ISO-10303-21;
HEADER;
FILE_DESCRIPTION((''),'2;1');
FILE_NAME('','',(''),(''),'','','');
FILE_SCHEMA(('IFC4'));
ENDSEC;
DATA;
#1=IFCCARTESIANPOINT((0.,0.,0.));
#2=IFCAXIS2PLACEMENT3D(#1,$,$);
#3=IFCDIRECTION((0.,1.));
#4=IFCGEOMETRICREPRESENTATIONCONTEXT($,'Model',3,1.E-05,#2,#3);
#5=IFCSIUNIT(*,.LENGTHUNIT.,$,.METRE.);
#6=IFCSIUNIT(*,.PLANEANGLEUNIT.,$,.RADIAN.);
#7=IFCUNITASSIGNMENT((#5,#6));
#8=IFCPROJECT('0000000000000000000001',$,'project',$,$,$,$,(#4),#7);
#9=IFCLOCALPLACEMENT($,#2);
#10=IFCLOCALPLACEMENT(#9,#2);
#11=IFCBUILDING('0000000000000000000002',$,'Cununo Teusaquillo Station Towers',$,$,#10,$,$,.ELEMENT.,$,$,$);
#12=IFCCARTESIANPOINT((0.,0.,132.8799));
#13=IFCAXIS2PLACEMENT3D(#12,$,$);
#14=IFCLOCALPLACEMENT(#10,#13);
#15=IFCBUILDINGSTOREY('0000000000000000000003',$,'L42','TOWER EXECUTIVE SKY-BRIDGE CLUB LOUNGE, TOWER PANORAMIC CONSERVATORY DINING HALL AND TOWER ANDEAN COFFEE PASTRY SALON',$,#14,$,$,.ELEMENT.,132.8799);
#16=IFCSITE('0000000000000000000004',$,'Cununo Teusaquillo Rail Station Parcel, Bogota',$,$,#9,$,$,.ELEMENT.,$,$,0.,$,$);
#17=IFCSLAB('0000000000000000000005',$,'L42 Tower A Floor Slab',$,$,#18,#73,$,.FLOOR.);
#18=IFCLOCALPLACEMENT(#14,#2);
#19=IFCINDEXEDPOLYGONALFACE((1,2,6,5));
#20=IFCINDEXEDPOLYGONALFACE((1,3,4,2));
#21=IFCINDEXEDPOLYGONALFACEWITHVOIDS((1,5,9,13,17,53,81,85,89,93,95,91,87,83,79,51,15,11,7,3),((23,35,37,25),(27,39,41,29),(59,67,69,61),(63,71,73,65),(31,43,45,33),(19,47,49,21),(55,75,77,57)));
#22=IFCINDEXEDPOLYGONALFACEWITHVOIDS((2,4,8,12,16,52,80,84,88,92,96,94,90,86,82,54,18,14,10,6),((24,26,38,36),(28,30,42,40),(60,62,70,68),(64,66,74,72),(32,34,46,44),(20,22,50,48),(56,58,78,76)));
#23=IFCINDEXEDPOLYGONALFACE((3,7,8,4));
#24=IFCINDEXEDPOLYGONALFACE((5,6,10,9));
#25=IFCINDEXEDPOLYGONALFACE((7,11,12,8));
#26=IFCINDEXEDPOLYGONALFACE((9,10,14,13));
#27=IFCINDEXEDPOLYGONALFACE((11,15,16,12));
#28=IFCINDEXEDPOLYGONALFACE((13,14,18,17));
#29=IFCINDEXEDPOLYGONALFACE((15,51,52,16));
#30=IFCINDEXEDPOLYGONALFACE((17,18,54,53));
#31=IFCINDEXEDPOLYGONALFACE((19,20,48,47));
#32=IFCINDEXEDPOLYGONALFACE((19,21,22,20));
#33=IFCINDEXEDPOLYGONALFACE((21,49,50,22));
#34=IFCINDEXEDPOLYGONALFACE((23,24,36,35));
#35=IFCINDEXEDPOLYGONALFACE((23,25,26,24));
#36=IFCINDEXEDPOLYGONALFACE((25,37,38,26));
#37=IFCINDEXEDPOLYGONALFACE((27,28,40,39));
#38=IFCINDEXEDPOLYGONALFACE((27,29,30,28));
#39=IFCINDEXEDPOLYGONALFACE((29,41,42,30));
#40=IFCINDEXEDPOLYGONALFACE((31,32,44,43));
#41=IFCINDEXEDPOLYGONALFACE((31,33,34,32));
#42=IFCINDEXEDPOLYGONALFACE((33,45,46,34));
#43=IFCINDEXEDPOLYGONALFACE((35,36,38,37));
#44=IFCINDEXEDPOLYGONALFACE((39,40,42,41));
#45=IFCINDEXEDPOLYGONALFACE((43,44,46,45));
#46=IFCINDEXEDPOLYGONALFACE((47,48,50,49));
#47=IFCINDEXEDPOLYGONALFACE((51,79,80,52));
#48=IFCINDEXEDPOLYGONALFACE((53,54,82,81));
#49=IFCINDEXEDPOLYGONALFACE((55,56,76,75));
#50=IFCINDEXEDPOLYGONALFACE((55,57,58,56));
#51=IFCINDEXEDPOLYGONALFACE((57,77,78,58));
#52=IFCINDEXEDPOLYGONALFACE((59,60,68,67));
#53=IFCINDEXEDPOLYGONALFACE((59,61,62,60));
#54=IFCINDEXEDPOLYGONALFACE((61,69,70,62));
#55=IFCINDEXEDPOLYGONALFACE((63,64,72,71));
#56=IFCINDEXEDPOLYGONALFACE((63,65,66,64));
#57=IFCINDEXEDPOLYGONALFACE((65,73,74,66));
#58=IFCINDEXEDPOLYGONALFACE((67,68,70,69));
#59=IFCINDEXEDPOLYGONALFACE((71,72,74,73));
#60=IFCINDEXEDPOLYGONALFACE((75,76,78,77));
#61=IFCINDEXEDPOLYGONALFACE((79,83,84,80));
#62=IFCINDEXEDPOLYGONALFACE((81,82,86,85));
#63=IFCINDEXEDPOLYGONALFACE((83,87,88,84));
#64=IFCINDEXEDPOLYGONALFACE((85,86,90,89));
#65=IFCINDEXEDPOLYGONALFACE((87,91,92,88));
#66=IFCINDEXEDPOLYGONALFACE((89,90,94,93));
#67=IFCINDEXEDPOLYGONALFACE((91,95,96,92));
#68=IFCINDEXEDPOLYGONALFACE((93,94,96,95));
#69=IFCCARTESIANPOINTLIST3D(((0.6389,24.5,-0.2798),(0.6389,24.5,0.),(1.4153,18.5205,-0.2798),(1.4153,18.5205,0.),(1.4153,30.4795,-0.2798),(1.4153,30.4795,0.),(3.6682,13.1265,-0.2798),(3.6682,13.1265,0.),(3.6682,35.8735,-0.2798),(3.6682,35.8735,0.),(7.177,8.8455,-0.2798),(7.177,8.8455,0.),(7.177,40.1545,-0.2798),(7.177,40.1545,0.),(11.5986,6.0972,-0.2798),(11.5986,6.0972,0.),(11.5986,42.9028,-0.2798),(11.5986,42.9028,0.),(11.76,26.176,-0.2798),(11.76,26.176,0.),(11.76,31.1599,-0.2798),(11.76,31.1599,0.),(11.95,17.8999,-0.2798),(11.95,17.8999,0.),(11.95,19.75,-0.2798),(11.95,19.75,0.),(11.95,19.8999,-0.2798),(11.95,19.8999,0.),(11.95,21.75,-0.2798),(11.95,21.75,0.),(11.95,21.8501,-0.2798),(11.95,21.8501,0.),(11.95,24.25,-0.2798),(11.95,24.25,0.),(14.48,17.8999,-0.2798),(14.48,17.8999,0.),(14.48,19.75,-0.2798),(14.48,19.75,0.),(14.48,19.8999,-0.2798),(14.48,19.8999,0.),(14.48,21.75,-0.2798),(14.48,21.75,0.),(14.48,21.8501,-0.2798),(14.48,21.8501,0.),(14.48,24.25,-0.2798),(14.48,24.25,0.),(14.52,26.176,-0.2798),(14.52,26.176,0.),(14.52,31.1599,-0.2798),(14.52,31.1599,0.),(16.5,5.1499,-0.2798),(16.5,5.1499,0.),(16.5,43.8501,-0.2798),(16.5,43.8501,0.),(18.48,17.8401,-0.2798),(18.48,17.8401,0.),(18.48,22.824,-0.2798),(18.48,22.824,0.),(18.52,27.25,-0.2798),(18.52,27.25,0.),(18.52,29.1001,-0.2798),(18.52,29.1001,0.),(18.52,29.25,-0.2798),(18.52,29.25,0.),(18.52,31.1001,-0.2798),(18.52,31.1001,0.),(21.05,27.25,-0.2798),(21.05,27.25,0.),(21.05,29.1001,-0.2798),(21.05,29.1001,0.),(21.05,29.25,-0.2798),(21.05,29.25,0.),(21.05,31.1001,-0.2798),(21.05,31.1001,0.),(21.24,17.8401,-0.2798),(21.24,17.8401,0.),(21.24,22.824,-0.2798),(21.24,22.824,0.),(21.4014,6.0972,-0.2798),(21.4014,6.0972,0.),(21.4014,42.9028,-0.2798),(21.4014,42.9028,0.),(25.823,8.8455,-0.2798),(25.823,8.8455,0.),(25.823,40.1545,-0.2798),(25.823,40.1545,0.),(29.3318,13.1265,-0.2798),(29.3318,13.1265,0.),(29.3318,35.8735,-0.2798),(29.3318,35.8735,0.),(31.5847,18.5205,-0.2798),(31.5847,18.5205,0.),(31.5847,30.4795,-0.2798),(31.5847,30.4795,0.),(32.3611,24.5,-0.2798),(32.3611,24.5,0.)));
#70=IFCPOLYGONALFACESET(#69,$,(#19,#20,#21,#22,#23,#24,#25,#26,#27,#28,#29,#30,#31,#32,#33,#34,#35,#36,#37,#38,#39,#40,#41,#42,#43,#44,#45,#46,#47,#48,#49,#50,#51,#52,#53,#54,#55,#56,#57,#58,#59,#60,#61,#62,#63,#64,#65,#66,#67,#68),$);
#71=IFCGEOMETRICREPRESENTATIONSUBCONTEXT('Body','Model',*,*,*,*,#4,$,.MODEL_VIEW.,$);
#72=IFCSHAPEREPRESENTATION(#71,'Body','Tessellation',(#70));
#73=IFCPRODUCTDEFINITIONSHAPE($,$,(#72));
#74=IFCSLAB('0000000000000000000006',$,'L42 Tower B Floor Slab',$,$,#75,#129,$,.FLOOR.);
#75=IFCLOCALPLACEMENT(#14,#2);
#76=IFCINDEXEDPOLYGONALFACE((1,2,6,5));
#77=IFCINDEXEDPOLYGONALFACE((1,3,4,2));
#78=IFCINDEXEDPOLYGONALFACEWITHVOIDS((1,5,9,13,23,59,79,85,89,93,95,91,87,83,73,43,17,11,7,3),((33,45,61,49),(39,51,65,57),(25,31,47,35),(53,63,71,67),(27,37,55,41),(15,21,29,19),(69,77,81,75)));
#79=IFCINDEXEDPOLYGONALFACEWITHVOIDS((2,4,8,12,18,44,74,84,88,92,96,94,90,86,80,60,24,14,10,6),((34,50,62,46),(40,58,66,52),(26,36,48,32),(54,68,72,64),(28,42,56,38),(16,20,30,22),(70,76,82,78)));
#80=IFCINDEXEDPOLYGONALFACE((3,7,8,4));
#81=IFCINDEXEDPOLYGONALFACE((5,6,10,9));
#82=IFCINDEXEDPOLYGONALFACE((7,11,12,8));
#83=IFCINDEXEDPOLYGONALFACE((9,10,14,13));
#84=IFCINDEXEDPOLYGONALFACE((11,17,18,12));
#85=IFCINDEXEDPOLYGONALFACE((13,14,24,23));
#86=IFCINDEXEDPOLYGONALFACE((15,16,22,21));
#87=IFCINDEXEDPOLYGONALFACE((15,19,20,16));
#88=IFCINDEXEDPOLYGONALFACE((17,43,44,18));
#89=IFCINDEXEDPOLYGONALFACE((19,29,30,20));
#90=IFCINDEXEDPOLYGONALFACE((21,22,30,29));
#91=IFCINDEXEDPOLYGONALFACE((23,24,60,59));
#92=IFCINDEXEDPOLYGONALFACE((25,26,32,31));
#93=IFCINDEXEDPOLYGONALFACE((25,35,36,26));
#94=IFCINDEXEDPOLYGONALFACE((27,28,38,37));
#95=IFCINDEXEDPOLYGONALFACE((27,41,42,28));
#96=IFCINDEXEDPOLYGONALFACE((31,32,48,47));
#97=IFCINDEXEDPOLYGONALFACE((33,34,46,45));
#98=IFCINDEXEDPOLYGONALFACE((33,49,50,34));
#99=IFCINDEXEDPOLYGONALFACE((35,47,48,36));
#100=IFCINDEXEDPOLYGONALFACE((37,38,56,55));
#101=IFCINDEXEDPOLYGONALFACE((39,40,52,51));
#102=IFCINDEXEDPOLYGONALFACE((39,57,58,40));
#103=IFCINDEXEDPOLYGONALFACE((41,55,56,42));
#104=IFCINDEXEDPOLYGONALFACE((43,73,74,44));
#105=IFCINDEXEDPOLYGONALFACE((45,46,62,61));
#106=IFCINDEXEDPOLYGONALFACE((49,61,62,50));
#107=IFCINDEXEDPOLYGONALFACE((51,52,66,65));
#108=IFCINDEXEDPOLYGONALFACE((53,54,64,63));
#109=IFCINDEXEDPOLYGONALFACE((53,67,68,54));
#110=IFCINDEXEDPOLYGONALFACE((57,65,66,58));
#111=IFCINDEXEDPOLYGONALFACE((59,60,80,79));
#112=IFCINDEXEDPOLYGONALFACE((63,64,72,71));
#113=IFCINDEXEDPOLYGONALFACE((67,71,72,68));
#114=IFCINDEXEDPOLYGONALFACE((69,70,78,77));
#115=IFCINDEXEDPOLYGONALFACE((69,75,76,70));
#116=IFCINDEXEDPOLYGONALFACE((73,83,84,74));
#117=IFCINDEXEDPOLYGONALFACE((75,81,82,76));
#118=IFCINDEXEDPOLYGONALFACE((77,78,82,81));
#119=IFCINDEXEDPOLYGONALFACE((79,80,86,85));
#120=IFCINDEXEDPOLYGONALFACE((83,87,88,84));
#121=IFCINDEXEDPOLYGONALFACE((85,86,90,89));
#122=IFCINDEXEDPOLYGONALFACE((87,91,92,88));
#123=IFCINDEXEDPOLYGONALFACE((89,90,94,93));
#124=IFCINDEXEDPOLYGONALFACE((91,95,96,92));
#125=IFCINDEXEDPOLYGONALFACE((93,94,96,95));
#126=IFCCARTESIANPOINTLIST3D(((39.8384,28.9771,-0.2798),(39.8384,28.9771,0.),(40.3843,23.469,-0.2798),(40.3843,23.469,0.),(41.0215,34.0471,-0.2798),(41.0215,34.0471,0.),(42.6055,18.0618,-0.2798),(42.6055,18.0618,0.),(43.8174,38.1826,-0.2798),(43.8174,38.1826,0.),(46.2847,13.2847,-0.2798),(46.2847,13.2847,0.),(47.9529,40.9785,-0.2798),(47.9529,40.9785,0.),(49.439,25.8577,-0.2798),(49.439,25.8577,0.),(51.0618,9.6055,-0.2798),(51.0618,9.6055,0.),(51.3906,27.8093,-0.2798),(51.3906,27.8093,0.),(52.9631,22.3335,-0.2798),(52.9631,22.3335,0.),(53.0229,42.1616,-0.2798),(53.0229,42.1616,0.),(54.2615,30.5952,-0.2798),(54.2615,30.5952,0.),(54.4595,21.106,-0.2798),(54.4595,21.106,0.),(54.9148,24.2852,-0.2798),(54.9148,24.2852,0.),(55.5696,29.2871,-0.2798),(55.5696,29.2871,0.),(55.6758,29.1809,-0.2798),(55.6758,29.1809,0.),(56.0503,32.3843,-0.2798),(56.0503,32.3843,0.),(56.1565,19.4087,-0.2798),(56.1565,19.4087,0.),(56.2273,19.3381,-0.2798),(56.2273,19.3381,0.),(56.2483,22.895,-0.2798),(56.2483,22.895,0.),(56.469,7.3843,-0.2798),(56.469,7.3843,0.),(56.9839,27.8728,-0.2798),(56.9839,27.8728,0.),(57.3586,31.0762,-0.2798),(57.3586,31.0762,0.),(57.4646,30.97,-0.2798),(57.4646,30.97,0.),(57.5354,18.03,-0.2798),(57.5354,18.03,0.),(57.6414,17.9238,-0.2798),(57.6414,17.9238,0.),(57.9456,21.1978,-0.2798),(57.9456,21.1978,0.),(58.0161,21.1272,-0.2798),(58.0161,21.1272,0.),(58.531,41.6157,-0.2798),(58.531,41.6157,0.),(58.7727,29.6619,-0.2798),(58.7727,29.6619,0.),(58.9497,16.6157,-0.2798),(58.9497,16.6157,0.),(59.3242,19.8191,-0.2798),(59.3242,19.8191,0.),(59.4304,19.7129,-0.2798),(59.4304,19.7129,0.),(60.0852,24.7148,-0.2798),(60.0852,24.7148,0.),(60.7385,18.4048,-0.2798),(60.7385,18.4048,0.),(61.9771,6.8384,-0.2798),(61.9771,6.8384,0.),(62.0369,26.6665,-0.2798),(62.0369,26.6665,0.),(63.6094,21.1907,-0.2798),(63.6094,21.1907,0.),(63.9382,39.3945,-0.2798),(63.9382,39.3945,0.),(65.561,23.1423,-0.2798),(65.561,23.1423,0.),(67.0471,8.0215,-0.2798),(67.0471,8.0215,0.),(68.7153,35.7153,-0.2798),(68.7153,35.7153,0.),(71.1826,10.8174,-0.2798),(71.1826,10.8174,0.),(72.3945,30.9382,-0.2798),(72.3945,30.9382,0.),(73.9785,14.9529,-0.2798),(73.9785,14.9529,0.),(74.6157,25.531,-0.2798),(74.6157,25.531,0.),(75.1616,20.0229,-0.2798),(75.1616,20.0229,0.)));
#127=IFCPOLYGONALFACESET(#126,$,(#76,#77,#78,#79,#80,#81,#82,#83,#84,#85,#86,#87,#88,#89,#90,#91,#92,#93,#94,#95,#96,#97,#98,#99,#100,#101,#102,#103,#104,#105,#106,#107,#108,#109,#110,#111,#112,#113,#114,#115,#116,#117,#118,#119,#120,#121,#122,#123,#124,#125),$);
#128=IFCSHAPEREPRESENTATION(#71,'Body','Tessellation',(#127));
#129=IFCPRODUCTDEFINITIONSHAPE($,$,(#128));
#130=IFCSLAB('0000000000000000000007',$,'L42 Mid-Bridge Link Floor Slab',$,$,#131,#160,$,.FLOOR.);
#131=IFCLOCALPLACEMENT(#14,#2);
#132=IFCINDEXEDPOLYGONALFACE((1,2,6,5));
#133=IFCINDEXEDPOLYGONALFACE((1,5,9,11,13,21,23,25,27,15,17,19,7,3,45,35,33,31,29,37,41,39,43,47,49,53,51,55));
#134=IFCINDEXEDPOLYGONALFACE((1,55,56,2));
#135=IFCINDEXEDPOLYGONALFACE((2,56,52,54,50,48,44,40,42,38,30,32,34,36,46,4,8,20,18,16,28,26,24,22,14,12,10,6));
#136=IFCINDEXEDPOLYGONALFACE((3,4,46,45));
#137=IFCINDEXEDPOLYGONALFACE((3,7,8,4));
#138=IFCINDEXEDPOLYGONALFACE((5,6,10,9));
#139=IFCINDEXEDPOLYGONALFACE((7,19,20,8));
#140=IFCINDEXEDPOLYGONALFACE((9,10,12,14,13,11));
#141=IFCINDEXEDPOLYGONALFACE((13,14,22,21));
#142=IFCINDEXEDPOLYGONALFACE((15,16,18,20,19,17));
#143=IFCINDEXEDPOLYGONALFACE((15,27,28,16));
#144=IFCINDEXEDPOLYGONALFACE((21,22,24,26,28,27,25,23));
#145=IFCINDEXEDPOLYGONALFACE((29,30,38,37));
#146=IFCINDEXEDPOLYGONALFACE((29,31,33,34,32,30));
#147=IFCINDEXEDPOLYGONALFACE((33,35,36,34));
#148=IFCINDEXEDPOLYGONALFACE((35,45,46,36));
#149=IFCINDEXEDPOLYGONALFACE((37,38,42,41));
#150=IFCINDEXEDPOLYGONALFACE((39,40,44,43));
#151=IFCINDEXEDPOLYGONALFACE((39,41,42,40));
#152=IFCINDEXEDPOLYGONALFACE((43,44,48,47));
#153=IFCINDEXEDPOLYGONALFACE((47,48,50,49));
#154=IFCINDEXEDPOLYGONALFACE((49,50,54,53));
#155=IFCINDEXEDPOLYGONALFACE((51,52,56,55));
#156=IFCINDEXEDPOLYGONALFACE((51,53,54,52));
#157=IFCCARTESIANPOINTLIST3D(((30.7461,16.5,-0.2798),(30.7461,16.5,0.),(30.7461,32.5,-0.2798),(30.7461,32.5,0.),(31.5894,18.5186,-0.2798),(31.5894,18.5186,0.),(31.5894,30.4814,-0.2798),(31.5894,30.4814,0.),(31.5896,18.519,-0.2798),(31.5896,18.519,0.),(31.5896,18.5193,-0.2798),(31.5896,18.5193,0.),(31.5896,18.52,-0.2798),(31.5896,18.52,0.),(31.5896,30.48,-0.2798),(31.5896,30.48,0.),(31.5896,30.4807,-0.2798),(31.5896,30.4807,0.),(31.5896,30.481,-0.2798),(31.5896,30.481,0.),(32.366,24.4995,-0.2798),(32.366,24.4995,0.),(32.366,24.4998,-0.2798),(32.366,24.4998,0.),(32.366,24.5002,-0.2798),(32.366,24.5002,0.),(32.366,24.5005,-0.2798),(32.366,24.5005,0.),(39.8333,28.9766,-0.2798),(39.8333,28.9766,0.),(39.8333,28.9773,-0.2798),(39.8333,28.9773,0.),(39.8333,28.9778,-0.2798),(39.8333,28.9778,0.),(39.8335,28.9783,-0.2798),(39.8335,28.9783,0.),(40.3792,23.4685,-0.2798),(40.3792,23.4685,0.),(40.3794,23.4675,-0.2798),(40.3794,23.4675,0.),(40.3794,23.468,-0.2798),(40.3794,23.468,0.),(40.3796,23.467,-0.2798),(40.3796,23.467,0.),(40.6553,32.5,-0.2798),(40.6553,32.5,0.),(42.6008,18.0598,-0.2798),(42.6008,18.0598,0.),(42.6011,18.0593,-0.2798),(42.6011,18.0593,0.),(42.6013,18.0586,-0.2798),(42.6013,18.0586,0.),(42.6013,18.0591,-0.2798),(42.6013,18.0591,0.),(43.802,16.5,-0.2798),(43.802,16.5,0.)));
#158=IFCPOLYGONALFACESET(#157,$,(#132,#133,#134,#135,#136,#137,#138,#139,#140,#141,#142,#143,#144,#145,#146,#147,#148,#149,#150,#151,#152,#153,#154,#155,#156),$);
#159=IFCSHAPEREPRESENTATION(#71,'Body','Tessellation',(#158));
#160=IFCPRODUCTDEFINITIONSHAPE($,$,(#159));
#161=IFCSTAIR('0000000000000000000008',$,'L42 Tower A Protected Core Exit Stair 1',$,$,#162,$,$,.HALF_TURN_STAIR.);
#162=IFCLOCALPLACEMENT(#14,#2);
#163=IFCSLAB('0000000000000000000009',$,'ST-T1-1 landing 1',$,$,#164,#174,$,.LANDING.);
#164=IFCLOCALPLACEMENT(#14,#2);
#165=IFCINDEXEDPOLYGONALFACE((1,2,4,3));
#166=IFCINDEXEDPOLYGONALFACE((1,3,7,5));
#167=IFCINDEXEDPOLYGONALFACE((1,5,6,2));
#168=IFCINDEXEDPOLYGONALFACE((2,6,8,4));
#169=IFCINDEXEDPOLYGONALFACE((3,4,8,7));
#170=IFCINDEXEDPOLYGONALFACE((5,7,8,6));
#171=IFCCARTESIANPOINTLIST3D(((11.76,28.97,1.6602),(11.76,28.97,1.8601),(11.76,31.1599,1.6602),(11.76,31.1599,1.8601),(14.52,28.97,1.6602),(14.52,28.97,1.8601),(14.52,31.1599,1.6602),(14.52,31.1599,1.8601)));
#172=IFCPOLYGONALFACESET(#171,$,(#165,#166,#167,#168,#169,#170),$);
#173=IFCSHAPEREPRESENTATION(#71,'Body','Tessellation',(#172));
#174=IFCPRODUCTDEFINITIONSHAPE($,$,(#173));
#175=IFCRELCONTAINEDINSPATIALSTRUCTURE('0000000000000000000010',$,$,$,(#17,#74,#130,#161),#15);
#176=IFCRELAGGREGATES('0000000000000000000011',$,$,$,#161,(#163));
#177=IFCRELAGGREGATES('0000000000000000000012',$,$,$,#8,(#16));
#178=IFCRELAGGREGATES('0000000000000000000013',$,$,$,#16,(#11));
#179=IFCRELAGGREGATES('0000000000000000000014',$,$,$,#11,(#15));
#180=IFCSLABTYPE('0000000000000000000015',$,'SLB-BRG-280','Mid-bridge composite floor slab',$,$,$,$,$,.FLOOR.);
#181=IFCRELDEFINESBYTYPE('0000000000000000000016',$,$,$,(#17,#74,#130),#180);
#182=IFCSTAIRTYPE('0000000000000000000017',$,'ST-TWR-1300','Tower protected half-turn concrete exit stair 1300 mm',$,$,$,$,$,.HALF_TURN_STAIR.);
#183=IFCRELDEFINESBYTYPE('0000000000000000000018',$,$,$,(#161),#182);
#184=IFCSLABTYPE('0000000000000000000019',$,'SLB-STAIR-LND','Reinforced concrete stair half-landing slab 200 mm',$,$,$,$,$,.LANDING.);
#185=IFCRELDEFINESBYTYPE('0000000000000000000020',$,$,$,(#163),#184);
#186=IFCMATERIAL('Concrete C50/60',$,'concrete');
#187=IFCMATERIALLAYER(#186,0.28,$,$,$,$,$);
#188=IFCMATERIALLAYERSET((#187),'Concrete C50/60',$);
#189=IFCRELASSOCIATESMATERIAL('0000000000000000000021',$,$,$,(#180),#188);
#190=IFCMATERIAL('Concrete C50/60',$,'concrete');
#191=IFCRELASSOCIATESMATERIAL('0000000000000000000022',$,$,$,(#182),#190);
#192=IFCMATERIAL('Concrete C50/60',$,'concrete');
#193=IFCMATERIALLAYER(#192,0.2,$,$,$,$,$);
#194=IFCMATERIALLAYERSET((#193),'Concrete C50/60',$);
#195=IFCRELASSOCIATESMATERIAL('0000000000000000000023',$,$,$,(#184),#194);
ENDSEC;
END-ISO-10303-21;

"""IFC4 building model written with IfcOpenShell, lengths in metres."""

from ifc_helpers import new_model, si_unit, direction, frame, origin, place, context, subcontext, project, spatial, polyline, outline, extrude, material, layer, layer_set, type_object, element, aggregate, save


model = new_model("IFC4")

# Units and contexts
model_context = context("Model", 3, precision=1e-05, world=origin(), true_north=direction((0.0, 1.0)))
body_context = subcontext(model_context, "Body", "Model", "MODEL_VIEW")
ifc_project = project(units=[si_unit("LENGTHUNIT", "METRE"), si_unit("PLANEANGLEUNIT", "RADIAN")], contexts=[model_context])

# Site, building, storey
site_placement = place(None, origin())
site = spatial("IfcSite", under=ifc_project, at=site_placement, Name="Cununo Teusaquillo Rail Station Parcel, Bogota", CompositionType="ELEMENT", RefElevation=0.0)
building_placement = place(site_placement, origin())
building = spatial("IfcBuilding", under=site, at=building_placement, Name="Cununo Teusaquillo Station Towers", CompositionType="ELEMENT")
storey_placement = place(building_placement, frame((0.0, 0.0, 132.8799)))
storey = spatial("IfcBuildingStorey", under=building, at=storey_placement, Name="L42", Description="TOWER EXECUTIVE SKY-BRIDGE CLUB LOUNGE, TOWER PANORAMIC CONSERVATORY DINING HALL AND TOWER ANDEAN COFFEE PASTRY SALON", CompositionType="ELEMENT", Elevation=132.8799)

# Slabs
ifc_material_1 = material(Name="Concrete C50/60", Category="concrete")
ifc_layer_1 = layer(ifc_material_1, 0.28)
ifc_layer_set_1 = layer_set([ifc_layer_1], Name="Concrete C50/60")
slab_type_1 = type_object("IfcSlabType", Name="SLB-BRG-280", Description="Mid-bridge composite floor slab", PredefinedType="FLOOR", material=ifc_layer_set_1)
slab_1_placement = place(storey_placement, frame((0.0, 0.0, -0.2798)))
element("IfcSlab", 1, at=slab_1_placement, inside=storey, type_object=slab_type_1, Name="L42 Tower A Floor Slab", PredefinedType="FLOOR", context=body_context, shape_type="SweptSolid", body=[
    extrude(outline(polyline([(32.3611, 24.5), (31.5847, 30.4795), (29.3318, 35.8735), (25.823, 40.1545), (21.4014, 42.9028), (16.5, 43.8501), (11.5986, 42.9028), (7.177, 40.1545), (3.6682, 35.8735), (1.4153, 30.4795), (0.6389, 24.5), (1.4153, 18.5205), (3.6682, 13.1265), (7.177, 8.8455), (11.5986, 6.0972), (16.5, 5.1499), (21.4014, 6.0972), (25.823, 8.8455), (29.3318, 13.1265), (31.5847, 18.5205), (32.3611, 24.5)]), holes=[polyline([(14.52, 26.176), (14.52, 31.1599), (11.76, 31.1599), (11.76, 26.176), (14.52, 26.176)]), polyline([(18.48, 22.824), (18.48, 17.8401), (21.24, 17.8401), (21.24, 22.824), (18.48, 22.824)]), polyline([(11.95, 21.8501), (14.48, 21.8501), (14.48, 24.25), (11.95, 24.25), (11.95, 21.8501)]), polyline([(11.95, 17.8999), (14.48, 17.8999), (14.48, 19.75), (11.95, 19.75), (11.95, 17.8999)]), polyline([(11.95, 19.8999), (14.48, 19.8999), (14.48, 21.75), (11.95, 21.75), (11.95, 19.8999)]), polyline([(18.52, 27.25), (21.05, 27.25), (21.05, 29.1001), (18.52, 29.1001), (18.52, 27.25)]), polyline([(18.52, 29.25), (21.05, 29.25), (21.05, 31.1001), (18.52, 31.1001), (18.52, 29.25)])]), origin(), (0.0, 0.0, 1.0), 0.2798),
])
slab_2_placement = place(storey_placement, frame((0.0, 0.0, -0.2798)))
element("IfcSlab", 2, at=slab_2_placement, inside=storey, type_object=slab_type_1, Name="L42 Tower B Floor Slab", PredefinedType="FLOOR", context=body_context, shape_type="SweptSolid", body=[
    extrude(outline(polyline([(68.7153, 35.7153), (63.9382, 39.3945), (58.531, 41.6157), (53.0229, 42.1616), (47.9529, 40.9785), (43.8174, 38.1826), (41.0215, 34.0471), (39.8384, 28.9771), (40.3843, 23.469), (42.6055, 18.0618), (46.2847, 13.2847), (51.0618, 9.6055), (56.469, 7.3843), (61.9771, 6.8384), (67.0471, 8.0215), (71.1826, 10.8174), (73.9785, 14.9529), (75.1616, 20.0229), (74.6157, 25.531), (72.3945, 30.9382), (68.7153, 35.7153)]), holes=[polyline([(54.9148, 24.2852), (51.3906, 27.8093), (49.439, 25.8577), (52.9631, 22.3335), (54.9148, 24.2852)]), polyline([(60.0852, 24.7148), (63.6094, 21.1907), (65.561, 23.1423), (62.0369, 26.6665), (60.0852, 24.7148)]), polyline([(56.1565, 19.4087), (57.9456, 21.1978), (56.2483, 22.895), (54.4595, 21.106), (56.1565, 19.4087)]), polyline([(58.9497, 16.6157), (60.7385, 18.4048), (59.4304, 19.7129), (57.6414, 17.9238), (58.9497, 16.6157)]), polyline([(57.5354, 18.03), (59.3242, 19.8191), (58.0161, 21.1272), (56.2273, 19.3381), (57.5354, 18.03)]), polyline([(56.9839, 27.8728), (58.7727, 29.6619), (57.4646, 30.97), (55.6758, 29.1809), (56.9839, 27.8728)]), polyline([(55.5696, 29.2871), (57.3586, 31.0762), (56.0503, 32.3843), (54.2615, 30.5952), (55.5696, 29.2871)])]), origin(), (0.0, 0.0, 1.0), 0.2798),
])
slab_3_placement = place(storey_placement, frame((0.0, 0.0, -0.2798)))
element("IfcSlab", 3, at=slab_3_placement, inside=storey, type_object=slab_type_1, Name="L42 Mid-Bridge Link Floor Slab", PredefinedType="FLOOR", context=body_context, shape_type="SweptSolid", body=[
    extrude(outline(polyline([(30.7461, 16.5), (31.5894, 18.5186), (31.5896, 18.519), (31.5896, 18.5193), (31.5896, 18.52), (32.366, 24.4995), (32.366, 24.4998), (32.366, 24.5002), (32.366, 24.5005), (31.5896, 30.48), (31.5896, 30.4807), (31.5896, 30.481), (31.5894, 30.4814), (30.7461, 32.5), (40.6553, 32.5), (39.8335, 28.9783), (39.8333, 28.9778), (39.8333, 28.9773), (39.8333, 28.9766), (40.3792, 23.4685), (40.3794, 23.468), (40.3794, 23.4675), (40.3796, 23.467), (42.6008, 18.0598), (42.6011, 18.0593), (42.6013, 18.0591), (42.6013, 18.0586), (43.802, 16.5), (30.7461, 16.5)])), origin(), (0.0, 0.0, 1.0), 0.2798),
])

# Stair, slab
ifc_material_2 = material(Name="Concrete C50/60", Category="concrete")
stair_type = type_object("IfcStairType", Name="ST-TWR-1300", Description="Tower protected half-turn concrete exit stair 1300 mm", PredefinedType="HALF_TURN_STAIR", material=ifc_material_2)
stair_1_placement = place(storey_placement, origin())
stair_1 = element("IfcStair", 4, at=stair_1_placement, inside=storey, type_object=stair_type, Name="L42 Tower A Protected Core Exit Stair 1", PredefinedType="HALF_TURN_STAIR")
ifc_material_3 = material(Name="Concrete C50/60", Category="concrete")
ifc_layer_2 = layer(ifc_material_3, 0.2)
ifc_layer_set_2 = layer_set([ifc_layer_2], Name="Concrete C50/60")
slab_type_2 = type_object("IfcSlabType", Name="SLB-STAIR-LND", Description="Reinforced concrete stair half-landing slab 200 mm", PredefinedType="LANDING", material=ifc_layer_set_2)
slab_4_placement = place(storey_placement, frame((0.0, 0.0, 1.6602)))
slab_4 = element("IfcSlab", 5, at=slab_4_placement, type_object=slab_type_2, Name="ST-T1-1 landing 1", PredefinedType="LANDING", context=body_context, shape_type="SweptSolid", body=[
    extrude(outline(polyline([(14.52, 28.97), (14.52, 31.1599), (11.76, 31.1599), (11.76, 28.97), (14.52, 28.97)])), origin(), (0.0, 0.0, 1.0), 0.2),
])
aggregate(stair_1, [slab_4])

save(model, "model.ifc")
